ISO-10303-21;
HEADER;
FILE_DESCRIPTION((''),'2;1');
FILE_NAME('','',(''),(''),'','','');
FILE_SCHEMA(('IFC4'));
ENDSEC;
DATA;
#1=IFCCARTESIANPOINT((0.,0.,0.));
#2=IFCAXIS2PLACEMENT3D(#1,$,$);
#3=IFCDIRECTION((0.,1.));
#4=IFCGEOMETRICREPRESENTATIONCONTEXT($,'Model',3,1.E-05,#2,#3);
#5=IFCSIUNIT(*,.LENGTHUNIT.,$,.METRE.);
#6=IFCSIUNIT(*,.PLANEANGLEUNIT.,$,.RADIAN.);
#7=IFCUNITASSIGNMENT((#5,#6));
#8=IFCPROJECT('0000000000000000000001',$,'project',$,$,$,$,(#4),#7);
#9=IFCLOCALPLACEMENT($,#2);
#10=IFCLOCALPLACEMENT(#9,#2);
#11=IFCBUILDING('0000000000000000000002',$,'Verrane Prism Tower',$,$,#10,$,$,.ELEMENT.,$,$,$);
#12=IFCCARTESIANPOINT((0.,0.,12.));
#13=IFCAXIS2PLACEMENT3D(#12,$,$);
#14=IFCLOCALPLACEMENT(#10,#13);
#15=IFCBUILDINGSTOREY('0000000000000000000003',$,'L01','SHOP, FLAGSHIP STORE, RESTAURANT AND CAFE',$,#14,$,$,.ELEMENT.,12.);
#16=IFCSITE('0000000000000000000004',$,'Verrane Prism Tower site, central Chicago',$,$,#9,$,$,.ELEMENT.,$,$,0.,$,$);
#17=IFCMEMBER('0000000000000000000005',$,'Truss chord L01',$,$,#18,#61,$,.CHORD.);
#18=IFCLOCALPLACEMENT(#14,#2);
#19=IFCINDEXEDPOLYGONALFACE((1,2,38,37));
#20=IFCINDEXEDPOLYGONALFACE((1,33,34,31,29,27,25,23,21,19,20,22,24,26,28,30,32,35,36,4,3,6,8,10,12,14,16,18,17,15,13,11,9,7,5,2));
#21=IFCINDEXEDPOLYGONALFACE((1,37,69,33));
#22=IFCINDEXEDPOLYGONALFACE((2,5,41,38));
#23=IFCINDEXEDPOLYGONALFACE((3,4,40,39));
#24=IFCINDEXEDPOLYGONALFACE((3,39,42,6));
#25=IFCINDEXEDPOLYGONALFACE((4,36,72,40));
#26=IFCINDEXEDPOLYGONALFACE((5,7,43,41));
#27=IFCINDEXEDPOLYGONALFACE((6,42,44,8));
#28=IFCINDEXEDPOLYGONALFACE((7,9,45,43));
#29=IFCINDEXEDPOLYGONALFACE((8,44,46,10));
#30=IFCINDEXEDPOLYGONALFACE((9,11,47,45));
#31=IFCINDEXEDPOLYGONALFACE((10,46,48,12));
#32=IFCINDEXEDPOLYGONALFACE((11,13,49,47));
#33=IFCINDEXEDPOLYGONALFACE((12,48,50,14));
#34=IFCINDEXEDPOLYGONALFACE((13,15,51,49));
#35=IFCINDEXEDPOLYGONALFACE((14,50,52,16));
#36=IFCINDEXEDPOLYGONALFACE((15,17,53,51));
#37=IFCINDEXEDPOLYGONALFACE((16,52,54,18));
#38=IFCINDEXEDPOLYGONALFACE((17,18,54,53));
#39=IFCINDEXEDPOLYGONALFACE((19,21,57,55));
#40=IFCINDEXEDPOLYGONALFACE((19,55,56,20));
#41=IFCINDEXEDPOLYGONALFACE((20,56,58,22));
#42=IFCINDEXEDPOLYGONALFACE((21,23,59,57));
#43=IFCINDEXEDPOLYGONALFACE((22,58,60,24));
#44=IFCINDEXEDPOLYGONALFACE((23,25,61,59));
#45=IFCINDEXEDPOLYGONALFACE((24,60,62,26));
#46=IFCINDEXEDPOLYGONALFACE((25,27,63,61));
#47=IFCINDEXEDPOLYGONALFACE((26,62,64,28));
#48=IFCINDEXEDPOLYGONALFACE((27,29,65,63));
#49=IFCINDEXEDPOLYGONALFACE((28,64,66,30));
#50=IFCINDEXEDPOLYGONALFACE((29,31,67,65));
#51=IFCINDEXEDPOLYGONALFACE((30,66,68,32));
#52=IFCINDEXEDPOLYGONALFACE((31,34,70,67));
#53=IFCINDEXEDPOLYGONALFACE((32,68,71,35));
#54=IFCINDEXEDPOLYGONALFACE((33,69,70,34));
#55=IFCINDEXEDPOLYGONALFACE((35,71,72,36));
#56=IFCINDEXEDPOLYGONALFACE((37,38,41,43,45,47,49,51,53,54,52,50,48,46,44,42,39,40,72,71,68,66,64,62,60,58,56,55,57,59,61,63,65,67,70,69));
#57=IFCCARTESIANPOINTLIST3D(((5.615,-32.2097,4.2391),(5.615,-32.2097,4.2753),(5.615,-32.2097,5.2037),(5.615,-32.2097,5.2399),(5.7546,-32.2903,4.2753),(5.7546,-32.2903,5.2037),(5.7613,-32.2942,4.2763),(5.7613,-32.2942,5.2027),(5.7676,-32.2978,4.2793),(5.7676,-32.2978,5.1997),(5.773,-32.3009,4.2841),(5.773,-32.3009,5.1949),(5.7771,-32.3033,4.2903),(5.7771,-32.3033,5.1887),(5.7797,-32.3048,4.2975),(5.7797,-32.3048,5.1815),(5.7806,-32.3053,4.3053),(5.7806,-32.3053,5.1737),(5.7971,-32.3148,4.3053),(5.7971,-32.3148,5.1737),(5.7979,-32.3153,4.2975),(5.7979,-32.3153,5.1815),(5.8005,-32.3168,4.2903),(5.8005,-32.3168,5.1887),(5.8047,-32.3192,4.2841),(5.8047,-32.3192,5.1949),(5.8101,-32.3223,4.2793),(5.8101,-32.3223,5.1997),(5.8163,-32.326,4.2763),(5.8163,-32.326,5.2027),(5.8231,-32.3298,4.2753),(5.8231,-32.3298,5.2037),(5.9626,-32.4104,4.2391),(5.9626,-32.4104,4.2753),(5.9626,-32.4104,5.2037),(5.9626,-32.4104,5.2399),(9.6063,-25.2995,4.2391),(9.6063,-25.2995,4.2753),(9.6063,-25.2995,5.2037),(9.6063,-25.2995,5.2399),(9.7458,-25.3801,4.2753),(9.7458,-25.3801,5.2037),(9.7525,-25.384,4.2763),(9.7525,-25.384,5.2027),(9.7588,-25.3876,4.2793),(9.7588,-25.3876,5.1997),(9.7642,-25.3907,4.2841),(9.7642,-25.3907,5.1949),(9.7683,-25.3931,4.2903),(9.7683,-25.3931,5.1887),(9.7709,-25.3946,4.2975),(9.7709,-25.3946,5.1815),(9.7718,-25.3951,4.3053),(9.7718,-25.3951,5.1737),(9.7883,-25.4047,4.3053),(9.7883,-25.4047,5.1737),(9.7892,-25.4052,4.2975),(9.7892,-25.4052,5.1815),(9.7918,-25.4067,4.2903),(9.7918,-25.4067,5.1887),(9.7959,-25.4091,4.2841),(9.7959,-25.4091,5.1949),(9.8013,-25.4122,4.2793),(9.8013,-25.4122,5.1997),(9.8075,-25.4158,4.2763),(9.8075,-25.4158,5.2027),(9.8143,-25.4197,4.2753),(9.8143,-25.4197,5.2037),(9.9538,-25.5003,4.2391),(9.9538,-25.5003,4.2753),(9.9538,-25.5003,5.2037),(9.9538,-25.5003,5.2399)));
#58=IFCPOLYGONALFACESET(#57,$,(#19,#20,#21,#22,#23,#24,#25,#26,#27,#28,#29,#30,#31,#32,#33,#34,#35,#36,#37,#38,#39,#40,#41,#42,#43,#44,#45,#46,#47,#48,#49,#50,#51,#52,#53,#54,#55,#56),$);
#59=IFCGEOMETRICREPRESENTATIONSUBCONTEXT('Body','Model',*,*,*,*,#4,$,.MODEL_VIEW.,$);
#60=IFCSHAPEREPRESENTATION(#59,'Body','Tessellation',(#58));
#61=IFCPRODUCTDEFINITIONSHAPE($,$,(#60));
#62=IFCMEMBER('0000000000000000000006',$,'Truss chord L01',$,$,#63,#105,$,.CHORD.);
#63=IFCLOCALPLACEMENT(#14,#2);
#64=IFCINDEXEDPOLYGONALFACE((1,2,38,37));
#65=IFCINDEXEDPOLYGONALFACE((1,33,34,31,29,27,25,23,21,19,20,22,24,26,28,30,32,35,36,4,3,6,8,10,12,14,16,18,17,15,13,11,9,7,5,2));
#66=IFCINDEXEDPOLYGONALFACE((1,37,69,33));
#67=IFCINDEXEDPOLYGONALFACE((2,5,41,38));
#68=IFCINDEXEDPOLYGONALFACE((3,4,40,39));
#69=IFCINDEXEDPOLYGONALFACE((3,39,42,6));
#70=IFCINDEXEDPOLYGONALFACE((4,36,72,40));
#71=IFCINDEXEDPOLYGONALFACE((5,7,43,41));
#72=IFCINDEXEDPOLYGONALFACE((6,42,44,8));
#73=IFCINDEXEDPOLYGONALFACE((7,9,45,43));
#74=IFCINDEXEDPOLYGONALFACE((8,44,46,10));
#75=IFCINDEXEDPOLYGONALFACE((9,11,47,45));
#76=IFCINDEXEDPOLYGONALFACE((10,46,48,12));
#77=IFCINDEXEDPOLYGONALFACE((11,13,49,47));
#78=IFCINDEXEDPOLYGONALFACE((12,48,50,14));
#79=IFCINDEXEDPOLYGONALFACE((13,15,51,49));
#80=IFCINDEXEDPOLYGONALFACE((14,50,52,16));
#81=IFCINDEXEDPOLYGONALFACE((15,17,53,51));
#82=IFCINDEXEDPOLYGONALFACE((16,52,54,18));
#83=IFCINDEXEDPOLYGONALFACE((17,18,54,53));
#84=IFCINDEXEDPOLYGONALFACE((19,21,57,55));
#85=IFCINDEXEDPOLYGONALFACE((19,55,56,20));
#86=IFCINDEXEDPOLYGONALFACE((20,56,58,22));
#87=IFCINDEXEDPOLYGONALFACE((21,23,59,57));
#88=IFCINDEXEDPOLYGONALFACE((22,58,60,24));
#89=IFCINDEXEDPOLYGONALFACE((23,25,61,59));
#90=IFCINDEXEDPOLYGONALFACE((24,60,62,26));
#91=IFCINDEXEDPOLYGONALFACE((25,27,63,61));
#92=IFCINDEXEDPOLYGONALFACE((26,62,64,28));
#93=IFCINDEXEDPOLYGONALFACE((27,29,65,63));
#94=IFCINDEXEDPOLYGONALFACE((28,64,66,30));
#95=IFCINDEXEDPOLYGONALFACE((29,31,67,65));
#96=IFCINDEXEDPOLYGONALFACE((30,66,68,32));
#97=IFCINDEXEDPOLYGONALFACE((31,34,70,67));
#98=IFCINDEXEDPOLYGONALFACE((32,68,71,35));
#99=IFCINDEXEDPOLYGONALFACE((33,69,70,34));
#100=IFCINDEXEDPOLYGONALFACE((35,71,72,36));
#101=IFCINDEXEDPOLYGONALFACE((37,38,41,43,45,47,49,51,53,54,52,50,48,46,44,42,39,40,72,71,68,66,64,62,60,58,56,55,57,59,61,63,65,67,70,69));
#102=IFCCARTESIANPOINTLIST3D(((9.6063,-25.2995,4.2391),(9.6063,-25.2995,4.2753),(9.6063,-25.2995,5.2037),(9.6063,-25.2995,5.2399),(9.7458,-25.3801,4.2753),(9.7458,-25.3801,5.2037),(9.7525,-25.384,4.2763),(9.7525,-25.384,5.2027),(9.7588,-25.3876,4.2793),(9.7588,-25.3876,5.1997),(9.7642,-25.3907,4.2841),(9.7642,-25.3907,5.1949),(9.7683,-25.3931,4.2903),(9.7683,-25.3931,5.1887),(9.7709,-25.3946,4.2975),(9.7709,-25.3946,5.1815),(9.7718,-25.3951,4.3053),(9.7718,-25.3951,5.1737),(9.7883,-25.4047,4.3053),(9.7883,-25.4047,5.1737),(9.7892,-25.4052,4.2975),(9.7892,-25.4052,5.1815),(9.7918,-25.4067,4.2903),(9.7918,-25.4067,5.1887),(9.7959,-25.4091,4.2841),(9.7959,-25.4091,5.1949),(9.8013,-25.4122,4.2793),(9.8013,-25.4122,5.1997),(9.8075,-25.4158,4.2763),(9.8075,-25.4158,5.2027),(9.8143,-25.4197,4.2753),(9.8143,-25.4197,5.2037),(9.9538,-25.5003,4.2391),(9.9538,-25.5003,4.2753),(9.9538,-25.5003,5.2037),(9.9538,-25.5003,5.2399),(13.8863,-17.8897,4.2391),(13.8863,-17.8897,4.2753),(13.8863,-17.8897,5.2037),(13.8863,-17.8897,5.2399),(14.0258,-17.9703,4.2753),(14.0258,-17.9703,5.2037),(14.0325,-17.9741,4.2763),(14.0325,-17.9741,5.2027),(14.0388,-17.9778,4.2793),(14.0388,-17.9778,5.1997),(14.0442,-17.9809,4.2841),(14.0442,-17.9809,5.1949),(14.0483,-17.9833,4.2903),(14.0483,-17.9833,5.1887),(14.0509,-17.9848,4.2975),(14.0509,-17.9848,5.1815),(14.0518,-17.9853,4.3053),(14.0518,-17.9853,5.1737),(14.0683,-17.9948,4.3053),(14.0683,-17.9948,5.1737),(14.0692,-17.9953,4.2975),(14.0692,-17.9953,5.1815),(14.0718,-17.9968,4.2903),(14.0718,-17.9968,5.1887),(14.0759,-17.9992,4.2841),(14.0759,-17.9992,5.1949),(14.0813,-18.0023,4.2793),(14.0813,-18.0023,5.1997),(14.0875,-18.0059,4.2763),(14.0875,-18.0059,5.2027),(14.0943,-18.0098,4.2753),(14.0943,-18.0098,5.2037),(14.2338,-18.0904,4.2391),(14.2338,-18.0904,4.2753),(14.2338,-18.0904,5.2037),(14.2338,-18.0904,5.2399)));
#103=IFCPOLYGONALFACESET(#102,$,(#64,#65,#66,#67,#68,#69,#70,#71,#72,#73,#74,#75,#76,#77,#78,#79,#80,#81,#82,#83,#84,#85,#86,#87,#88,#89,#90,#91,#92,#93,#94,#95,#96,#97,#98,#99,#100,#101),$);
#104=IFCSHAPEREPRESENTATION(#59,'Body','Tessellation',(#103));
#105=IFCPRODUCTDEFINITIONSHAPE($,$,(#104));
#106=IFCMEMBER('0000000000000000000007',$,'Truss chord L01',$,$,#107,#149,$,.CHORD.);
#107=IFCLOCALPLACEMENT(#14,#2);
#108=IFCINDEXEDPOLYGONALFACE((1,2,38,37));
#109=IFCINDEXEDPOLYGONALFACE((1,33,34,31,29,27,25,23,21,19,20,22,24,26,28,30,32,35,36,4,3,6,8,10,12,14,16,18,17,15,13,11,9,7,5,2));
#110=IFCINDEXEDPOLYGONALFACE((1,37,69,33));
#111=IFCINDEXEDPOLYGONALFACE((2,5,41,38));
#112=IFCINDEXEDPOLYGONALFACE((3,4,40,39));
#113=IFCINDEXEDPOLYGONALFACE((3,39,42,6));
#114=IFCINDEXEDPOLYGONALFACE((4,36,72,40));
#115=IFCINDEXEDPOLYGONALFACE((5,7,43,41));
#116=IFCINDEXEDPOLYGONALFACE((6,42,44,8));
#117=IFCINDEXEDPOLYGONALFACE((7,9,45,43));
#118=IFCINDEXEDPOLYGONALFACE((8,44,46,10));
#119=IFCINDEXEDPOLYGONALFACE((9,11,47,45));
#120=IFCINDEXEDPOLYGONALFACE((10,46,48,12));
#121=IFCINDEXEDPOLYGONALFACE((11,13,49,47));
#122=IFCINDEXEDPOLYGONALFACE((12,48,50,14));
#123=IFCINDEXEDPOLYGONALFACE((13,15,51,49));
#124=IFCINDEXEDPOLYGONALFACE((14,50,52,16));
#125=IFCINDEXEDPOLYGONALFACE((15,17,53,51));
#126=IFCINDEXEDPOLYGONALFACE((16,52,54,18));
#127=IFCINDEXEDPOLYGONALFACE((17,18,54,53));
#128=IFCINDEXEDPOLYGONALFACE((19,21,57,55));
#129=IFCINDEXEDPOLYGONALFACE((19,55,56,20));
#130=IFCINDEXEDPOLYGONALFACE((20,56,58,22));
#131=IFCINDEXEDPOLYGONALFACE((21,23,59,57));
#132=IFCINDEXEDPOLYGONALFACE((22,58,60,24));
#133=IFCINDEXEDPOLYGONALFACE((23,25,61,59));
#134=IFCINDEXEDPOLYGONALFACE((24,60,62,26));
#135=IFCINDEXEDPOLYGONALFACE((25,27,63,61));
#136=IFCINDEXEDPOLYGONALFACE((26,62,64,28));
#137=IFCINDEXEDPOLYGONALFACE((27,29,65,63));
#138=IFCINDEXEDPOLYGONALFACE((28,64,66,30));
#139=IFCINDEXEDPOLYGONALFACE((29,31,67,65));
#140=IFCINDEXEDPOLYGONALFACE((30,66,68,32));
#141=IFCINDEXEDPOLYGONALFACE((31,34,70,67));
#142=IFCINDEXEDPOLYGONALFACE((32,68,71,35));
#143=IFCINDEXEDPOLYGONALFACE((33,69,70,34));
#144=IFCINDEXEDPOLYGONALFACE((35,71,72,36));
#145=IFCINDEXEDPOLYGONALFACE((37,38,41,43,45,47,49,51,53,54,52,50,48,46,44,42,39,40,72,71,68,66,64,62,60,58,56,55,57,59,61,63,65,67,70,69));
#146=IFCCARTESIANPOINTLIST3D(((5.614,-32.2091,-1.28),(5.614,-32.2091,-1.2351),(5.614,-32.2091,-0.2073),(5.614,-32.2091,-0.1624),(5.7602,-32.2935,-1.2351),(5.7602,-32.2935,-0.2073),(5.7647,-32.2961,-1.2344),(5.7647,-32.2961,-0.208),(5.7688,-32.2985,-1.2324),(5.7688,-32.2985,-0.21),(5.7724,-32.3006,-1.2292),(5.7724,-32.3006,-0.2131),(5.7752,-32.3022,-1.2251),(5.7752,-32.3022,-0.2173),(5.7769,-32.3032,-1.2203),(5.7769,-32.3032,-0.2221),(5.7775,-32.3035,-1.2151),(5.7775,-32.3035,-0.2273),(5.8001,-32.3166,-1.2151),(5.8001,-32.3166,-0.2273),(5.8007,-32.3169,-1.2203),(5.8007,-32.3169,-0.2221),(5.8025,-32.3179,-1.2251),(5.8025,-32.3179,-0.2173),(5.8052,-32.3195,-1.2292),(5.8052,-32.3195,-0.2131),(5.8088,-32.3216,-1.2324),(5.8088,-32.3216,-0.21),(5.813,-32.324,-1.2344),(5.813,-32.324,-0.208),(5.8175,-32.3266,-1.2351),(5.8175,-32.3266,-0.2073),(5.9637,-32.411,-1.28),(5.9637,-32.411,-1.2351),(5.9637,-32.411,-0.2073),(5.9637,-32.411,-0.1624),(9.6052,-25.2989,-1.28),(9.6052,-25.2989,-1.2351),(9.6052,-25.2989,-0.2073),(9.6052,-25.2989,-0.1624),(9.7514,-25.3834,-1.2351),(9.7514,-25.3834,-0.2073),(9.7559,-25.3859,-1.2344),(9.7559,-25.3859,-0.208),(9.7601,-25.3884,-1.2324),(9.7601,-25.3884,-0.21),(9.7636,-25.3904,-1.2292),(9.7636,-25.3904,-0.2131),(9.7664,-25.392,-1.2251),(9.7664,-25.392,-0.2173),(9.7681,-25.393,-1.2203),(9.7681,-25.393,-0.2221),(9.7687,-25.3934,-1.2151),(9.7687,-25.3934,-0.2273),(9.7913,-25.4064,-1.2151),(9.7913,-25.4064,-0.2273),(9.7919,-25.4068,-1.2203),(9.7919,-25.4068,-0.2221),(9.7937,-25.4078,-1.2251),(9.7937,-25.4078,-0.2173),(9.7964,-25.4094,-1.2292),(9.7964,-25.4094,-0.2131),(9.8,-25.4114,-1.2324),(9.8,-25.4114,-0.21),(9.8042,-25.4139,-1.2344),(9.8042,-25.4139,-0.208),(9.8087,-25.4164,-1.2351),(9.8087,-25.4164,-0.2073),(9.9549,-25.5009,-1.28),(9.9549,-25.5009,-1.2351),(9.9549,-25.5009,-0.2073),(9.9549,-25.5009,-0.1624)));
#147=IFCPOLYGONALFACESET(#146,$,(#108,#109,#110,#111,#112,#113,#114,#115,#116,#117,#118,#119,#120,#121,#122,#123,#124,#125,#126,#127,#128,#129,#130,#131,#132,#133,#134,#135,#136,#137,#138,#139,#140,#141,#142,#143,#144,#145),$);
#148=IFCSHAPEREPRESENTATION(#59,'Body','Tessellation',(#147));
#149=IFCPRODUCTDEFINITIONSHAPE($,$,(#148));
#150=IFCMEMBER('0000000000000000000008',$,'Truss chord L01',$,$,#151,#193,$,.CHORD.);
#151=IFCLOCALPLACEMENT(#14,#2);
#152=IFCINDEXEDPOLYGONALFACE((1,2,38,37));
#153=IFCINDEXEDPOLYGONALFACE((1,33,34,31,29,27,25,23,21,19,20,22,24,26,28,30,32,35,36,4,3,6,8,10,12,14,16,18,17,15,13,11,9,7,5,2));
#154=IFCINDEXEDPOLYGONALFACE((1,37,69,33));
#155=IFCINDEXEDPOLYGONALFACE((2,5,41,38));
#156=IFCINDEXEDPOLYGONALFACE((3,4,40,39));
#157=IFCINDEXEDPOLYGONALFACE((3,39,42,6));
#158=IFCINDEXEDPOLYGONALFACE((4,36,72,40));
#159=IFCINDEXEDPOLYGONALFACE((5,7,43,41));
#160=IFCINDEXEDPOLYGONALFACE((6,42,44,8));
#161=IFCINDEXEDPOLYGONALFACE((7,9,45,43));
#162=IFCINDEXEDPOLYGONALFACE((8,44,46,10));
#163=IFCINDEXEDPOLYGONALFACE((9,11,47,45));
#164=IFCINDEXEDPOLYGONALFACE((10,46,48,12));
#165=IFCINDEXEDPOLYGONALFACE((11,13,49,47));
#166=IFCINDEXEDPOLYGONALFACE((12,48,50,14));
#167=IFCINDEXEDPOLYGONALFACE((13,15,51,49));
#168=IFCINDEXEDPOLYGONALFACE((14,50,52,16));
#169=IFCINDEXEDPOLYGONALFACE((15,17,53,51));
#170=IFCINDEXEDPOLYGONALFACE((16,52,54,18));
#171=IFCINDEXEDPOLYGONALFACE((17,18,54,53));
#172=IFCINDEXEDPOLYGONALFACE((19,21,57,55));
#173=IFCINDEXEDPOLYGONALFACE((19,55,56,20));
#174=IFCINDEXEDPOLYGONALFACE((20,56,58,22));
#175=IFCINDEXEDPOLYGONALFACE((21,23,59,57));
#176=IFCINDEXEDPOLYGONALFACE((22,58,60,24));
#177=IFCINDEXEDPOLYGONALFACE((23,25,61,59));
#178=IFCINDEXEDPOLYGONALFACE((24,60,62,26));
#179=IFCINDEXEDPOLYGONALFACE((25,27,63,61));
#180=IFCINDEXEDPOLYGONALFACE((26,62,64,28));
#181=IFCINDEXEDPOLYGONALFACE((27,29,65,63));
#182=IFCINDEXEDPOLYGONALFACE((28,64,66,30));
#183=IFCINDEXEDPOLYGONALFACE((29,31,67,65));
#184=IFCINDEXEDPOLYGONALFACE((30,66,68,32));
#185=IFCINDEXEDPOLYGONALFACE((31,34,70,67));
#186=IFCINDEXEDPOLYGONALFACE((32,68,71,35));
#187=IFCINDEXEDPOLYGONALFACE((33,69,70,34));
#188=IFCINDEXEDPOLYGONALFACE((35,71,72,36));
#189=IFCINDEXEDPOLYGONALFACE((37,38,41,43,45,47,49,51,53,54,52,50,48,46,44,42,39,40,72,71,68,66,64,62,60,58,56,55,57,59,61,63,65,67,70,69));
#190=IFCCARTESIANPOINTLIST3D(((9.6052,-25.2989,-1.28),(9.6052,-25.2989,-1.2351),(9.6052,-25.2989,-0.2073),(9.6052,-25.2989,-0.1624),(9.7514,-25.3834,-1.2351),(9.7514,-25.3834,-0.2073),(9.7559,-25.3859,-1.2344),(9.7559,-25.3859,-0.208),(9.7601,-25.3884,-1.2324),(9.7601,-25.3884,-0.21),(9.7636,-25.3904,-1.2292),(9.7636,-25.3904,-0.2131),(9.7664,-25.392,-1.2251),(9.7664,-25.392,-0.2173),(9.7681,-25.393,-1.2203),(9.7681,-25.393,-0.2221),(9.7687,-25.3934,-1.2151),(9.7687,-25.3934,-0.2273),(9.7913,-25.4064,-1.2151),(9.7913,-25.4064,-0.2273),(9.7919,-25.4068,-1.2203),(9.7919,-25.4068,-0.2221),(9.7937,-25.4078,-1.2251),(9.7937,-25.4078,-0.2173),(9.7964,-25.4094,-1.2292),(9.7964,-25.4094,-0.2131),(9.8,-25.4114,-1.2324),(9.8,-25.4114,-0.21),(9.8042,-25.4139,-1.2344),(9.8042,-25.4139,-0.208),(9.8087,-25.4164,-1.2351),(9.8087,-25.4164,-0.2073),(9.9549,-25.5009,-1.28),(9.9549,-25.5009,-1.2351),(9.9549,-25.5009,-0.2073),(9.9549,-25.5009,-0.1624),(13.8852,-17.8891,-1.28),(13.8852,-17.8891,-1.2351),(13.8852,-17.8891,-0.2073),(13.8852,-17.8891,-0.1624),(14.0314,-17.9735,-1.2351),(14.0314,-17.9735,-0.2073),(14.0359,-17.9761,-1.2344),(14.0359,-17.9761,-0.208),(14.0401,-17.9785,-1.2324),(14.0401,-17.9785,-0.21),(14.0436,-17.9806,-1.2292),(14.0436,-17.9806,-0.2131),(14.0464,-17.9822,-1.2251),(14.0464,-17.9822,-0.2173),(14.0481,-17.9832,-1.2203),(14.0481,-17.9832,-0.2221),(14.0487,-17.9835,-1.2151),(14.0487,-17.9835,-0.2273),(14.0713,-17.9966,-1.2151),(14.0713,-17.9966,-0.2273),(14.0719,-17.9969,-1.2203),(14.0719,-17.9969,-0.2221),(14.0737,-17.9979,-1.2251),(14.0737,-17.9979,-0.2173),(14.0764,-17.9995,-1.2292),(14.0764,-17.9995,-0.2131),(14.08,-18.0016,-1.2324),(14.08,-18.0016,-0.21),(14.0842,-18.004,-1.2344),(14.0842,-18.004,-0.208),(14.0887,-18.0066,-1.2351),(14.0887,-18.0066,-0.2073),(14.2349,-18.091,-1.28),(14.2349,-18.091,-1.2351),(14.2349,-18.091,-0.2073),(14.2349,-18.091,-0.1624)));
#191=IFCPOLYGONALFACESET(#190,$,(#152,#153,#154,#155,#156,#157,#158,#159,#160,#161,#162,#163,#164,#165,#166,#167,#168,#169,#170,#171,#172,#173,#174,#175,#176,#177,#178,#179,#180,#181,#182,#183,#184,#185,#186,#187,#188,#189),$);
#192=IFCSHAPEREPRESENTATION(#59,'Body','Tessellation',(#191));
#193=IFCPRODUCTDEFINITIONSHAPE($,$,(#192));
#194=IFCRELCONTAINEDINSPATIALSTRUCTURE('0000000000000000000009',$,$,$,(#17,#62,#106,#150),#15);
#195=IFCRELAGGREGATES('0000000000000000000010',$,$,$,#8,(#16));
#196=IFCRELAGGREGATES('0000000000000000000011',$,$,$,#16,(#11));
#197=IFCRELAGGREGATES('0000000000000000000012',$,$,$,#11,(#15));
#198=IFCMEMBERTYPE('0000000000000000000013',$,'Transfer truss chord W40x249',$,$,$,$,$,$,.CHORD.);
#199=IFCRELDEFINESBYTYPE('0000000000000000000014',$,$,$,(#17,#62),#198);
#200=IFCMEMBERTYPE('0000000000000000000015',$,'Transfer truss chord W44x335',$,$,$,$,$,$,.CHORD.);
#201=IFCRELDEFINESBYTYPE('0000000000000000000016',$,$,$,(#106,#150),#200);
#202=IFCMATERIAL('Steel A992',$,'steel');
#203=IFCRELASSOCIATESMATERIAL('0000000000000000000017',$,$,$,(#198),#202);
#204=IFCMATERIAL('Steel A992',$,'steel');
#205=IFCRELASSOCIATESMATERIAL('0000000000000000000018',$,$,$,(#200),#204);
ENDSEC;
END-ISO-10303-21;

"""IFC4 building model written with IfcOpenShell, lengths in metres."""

from ifc_helpers import new_model, si_unit, direction, frame, origin, origin_2d, place, context, subcontext, project, spatial, i_section, extrude, material, material_profile, profile_set, type_object, element, save


model = new_model("IFC4")

# Units and contexts
model_context = context("Model", 3, precision=1e-05, world=origin(), true_north=direction((0.0, 1.0)))
body_context = subcontext(model_context, "Body", "Model", "MODEL_VIEW")
ifc_project = project(units=[si_unit("LENGTHUNIT", "METRE"), si_unit("PLANEANGLEUNIT", "RADIAN")], contexts=[model_context])

# Site, building, storey
site_placement = place(None, origin())
site = spatial("IfcSite", under=ifc_project, at=site_placement, Name="Verrane Prism Tower site, central Chicago", CompositionType="ELEMENT", RefElevation=0.0)
building_placement = place(site_placement, origin())
building = spatial("IfcBuilding", under=site, at=building_placement, Name="Verrane Prism Tower", CompositionType="ELEMENT")
storey_placement = place(building_placement, frame((0.0, 0.0, 12.0)))
storey = spatial("IfcBuildingStorey", under=building, at=storey_placement, Name="L01", Description="SHOP, FLAGSHIP STORE, RESTAURANT AND CAFE", CompositionType="ELEMENT", Elevation=12.0)

# Members
ifc_material_1 = material(Name="Steel A992", Category="steel")
ifc_material_profile_1 = material_profile(ifc_material_1, i_section(OverallWidth=0.4014, OverallDepth=1.0007, WebThickness=0.019, FlangeThickness=0.0361, FilletRadius=0.03, at=origin_2d()), Name="W40x249")
ifc_profile_set_1 = profile_set([ifc_material_profile_1], Name="Steel A992")
member_type_1 = type_object("IfcMemberType", Name="Transfer truss chord W40x249", PredefinedType="CHORD", material=ifc_profile_set_1)
member_1_placement = place(storey_placement, frame((5.7888, -32.3101, 4.7395), z_axis=(0.500153, 0.865937, 0.0), x_axis=(-0.865937, 0.500153, 0.0)))
element("IfcMember", 1, at=member_1_placement, inside=storey, type_object=member_type_1, Name="Truss chord L01", PredefinedType="CHORD", context=body_context, shape_type="SweptSolid", body=[
    extrude(i_section(OverallWidth=0.4014, OverallDepth=1.0007, WebThickness=0.019, FlangeThickness=0.0361, FilletRadius=0.03, at=origin_2d()), origin(), (0.0, 0.0, 1.0), 7.98),
])
member_2_placement = place(storey_placement, frame((9.78, -25.3999, 4.7395), z_axis=(0.500168, 0.865929, 0.0), x_axis=(-0.865929, 0.500168, 0.0)))
element("IfcMember", 2, at=member_2_placement, inside=storey, type_object=member_type_1, Name="Truss chord L01", PredefinedType="CHORD", context=body_context, shape_type="SweptSolid", body=[
    extrude(i_section(OverallWidth=0.4014, OverallDepth=1.0007, WebThickness=0.019, FlangeThickness=0.0361, FilletRadius=0.03, at=origin_2d()), origin(), (0.0, 0.0, 1.0), 8.5571),
])
ifc_material_2 = material(Name="Steel A992", Category="steel")
ifc_material_profile_2 = material_profile(ifc_material_2, i_section(OverallWidth=0.4038, OverallDepth=1.1177, WebThickness=0.0261, FlangeThickness=0.0449, FilletRadius=0.02, at=origin_2d()), Name="W44x335")
ifc_profile_set_2 = profile_set([ifc_material_profile_2], Name="Steel A992")
member_type_2 = type_object("IfcMemberType", Name="Transfer truss chord W44x335", PredefinedType="CHORD", material=ifc_profile_set_2)
member_3_placement = place(storey_placement, frame((5.7888, -32.3101, -0.7212), z_axis=(0.500153, 0.865937, 0.0), x_axis=(-0.865937, 0.500153, 0.0)))
element("IfcMember", 3, at=member_3_placement, inside=storey, type_object=member_type_2, Name="Truss chord L01", PredefinedType="CHORD", context=body_context, shape_type="SweptSolid", body=[
    extrude(i_section(OverallWidth=0.4038, OverallDepth=1.1177, WebThickness=0.0261, FlangeThickness=0.0449, FilletRadius=0.02, at=origin_2d()), origin(), (0.0, 0.0, 1.0), 7.98),
])
member_4_placement = place(storey_placement, frame((9.78, -25.3999, -0.7212), z_axis=(0.500168, 0.865929, 0.0), x_axis=(-0.865929, 0.500168, 0.0)))
element("IfcMember", 4, at=member_4_placement, inside=storey, type_object=member_type_2, Name="Truss chord L01", PredefinedType="CHORD", context=body_context, shape_type="SweptSolid", body=[
    extrude(i_section(OverallWidth=0.4038, OverallDepth=1.1177, WebThickness=0.0261, FlangeThickness=0.0449, FilletRadius=0.02, at=origin_2d()), origin(), (0.0, 0.0, 1.0), 8.5571),
])

save(model, "model.ifc")
